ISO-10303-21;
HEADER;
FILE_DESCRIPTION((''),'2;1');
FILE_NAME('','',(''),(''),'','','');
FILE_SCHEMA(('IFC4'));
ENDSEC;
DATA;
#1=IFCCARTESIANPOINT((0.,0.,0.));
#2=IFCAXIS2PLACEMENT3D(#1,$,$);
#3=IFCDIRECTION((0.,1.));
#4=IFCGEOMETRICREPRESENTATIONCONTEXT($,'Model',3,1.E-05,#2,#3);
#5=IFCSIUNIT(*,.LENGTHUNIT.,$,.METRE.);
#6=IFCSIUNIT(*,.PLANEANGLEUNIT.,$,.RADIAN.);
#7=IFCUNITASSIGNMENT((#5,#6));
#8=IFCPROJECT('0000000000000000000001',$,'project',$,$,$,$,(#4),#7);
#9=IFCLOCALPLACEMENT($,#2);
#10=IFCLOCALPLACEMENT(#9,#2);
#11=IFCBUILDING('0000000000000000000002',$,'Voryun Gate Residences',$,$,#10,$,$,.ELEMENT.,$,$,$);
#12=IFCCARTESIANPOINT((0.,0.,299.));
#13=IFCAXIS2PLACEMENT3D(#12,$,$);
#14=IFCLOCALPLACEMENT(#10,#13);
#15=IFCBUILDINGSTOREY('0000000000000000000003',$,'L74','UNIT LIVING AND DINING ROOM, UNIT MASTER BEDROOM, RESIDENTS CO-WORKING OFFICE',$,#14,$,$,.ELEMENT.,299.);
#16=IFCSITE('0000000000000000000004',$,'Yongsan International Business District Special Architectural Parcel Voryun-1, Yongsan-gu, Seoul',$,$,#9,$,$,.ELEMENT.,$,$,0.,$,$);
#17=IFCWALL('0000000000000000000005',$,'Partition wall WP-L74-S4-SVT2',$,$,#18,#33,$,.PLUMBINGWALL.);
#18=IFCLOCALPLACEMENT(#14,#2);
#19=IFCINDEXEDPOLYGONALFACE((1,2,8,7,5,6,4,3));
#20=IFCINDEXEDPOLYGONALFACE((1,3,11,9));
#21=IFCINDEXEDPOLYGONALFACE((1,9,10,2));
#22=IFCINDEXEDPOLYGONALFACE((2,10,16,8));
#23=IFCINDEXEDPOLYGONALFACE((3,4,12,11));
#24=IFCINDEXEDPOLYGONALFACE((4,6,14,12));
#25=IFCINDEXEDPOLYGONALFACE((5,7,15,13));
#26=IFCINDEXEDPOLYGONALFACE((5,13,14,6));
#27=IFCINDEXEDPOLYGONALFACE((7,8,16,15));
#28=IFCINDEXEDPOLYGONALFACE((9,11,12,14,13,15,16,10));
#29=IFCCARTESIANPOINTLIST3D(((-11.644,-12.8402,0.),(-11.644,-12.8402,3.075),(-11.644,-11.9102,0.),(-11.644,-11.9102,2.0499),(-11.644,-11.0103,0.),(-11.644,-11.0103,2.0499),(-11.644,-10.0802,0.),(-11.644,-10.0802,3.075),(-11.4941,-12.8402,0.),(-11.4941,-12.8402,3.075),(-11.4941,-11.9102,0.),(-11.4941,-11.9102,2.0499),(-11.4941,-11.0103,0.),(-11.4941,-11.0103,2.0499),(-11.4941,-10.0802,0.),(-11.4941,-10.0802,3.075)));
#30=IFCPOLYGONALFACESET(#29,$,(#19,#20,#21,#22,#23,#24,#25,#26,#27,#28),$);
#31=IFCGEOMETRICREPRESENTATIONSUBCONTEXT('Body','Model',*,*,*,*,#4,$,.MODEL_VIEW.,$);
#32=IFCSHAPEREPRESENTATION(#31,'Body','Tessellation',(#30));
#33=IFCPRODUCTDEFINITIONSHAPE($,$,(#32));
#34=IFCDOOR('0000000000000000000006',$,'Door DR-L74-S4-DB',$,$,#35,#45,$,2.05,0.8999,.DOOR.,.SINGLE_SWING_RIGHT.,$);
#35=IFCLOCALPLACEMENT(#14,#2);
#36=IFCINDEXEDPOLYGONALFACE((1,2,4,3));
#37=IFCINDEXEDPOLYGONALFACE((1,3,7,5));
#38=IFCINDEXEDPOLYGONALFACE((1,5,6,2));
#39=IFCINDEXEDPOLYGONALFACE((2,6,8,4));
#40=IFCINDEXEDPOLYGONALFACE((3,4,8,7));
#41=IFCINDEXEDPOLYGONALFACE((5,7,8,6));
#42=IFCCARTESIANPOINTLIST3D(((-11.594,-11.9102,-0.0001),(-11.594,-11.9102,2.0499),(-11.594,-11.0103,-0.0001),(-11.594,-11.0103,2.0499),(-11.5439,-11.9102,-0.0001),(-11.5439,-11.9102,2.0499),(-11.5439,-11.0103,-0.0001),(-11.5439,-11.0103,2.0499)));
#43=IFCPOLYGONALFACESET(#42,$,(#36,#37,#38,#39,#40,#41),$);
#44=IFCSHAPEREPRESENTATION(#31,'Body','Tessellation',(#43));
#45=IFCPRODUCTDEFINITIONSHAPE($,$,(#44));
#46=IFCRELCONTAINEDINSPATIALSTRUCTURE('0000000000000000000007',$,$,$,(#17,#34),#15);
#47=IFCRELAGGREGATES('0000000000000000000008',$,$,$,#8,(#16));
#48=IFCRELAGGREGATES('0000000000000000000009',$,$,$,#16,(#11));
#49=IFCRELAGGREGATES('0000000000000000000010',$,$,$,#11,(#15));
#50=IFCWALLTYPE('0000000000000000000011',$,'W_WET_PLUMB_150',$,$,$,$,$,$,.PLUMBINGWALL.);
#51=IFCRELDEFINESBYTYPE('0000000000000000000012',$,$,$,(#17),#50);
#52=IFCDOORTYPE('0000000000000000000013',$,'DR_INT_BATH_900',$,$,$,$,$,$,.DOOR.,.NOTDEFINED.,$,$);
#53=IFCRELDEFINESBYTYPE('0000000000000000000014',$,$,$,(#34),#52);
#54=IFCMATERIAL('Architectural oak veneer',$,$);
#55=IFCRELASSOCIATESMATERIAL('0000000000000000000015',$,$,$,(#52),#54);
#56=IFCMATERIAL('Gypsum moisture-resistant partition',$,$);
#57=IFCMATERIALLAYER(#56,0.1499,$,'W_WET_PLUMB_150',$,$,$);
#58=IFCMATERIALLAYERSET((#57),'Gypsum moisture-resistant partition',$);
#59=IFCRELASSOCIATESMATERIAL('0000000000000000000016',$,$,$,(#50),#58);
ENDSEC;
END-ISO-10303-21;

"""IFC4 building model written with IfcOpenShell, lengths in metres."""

from ifc_helpers import new_model, si_unit, direction, frame, frame_2d, origin, place, context, subcontext, project, spatial, rectangle, extrude, material, layer, layer_set, type_object, element, fill, save


model = new_model("IFC4")

# Units and contexts
model_context = context("Model", 3, precision=1e-05, world=origin(), true_north=direction((0.0, 1.0)))
body_context = subcontext(model_context, "Body", "Model", "MODEL_VIEW")
ifc_project = project(units=[si_unit("LENGTHUNIT", "METRE"), si_unit("PLANEANGLEUNIT", "RADIAN")], contexts=[model_context])

# Site, building, storey
site_placement = place(None, origin())
site = spatial("IfcSite", under=ifc_project, at=site_placement, Name="Yongsan International Business District Special Architectural Parcel Voryun-1, Yongsan-gu, Seoul", CompositionType="ELEMENT", RefElevation=0.0)
building_placement = place(site_placement, origin())
building = spatial("IfcBuilding", under=site, at=building_placement, Name="Voryun Gate Residences", CompositionType="ELEMENT")
storey_placement = place(building_placement, frame((0.0, 0.0, 299.0)))
storey = spatial("IfcBuildingStorey", under=building, at=storey_placement, Name="L74", Description="UNIT LIVING AND DINING ROOM, UNIT MASTER BEDROOM, RESIDENTS CO-WORKING OFFICE", CompositionType="ELEMENT", Elevation=299.0)

# Shared definitions
ifc_material_1 = material(Name="Architectural oak veneer")
door_type_1 = type_object("IfcDoorType", Name="DR_INT_BATH_900", OperationType="NOTDEFINED", PredefinedType="DOOR", material=ifc_material_1)

# Wall, opening, door
ifc_material_2 = material(Name="Gypsum moisture-resistant partition")
ifc_layer_1 = layer(ifc_material_2, 0.1499, Name="W_WET_PLUMB_150")
ifc_layer_set_1 = layer_set([ifc_layer_1], Name="Gypsum moisture-resistant partition")
wall_type_1 = type_object("IfcWallType", Name="W_WET_PLUMB_150", PredefinedType="PLUMBINGWALL", material=ifc_layer_set_1)
wall_1_placement = place(storey_placement, frame((-11.5691, -12.8401, 0.0), z_axis=(0.0, 0.0, 1.0), x_axis=(0.0, 1.0, 0.0)))
wall_1 = element("IfcWall", 1, at=wall_1_placement, inside=storey, type_object=wall_type_1, Name="Partition wall WP-L74-S4-SVT2", PredefinedType="PLUMBINGWALL", context=body_context, shape_type="SweptSolid", body=[
    extrude(rectangle(XDim=2.76, YDim=0.1499, at=frame_2d((1.3799, 0.0))), origin(), (0.0, 0.0, 1.0), 3.075),
])
opening_1_placement = place(wall_1_placement, frame((0.9299, 0.0, 0.0)))
opening_1 = element("IfcOpeningElement", 2, at=opening_1_placement, cuts=wall_1, PredefinedType="OPENING", context=body_context, shape_type="SweptSolid", body=[
    extrude(rectangle(XDim=0.8999, YDim=2.05, at=frame_2d((0.45, 1.0249))), frame((0.0, 0.085, 0.0), z_axis=(0.0, -1.0, 0.0), x_axis=(1.0, 0.0, 0.0)), (0.0, 0.0, 1.0), 0.1699),
])
door_1_placement = place(opening_1_placement, origin())
door_1 = element("IfcDoor", 3, at=door_1_placement, inside=storey, type_object=door_type_1, Name="Door DR-L74-S4-DB", OperationType="SINGLE_SWING_RIGHT", OverallHeight=2.05, OverallWidth=0.8999, PredefinedType="DOOR", context=body_context, shape_type="SweptSolid", body=[
    extrude(rectangle(XDim=0.8999, YDim=2.05, at=frame_2d((0.45, 1.0249))), frame((0.0, 0.0249, 0.0), z_axis=(0.0, -1.0, 0.0), x_axis=(1.0, 0.0, 0.0)), (0.0, 0.0, 1.0), 0.05),
])
fill(opening_1, door_1)

save(model, "model.ifc")
